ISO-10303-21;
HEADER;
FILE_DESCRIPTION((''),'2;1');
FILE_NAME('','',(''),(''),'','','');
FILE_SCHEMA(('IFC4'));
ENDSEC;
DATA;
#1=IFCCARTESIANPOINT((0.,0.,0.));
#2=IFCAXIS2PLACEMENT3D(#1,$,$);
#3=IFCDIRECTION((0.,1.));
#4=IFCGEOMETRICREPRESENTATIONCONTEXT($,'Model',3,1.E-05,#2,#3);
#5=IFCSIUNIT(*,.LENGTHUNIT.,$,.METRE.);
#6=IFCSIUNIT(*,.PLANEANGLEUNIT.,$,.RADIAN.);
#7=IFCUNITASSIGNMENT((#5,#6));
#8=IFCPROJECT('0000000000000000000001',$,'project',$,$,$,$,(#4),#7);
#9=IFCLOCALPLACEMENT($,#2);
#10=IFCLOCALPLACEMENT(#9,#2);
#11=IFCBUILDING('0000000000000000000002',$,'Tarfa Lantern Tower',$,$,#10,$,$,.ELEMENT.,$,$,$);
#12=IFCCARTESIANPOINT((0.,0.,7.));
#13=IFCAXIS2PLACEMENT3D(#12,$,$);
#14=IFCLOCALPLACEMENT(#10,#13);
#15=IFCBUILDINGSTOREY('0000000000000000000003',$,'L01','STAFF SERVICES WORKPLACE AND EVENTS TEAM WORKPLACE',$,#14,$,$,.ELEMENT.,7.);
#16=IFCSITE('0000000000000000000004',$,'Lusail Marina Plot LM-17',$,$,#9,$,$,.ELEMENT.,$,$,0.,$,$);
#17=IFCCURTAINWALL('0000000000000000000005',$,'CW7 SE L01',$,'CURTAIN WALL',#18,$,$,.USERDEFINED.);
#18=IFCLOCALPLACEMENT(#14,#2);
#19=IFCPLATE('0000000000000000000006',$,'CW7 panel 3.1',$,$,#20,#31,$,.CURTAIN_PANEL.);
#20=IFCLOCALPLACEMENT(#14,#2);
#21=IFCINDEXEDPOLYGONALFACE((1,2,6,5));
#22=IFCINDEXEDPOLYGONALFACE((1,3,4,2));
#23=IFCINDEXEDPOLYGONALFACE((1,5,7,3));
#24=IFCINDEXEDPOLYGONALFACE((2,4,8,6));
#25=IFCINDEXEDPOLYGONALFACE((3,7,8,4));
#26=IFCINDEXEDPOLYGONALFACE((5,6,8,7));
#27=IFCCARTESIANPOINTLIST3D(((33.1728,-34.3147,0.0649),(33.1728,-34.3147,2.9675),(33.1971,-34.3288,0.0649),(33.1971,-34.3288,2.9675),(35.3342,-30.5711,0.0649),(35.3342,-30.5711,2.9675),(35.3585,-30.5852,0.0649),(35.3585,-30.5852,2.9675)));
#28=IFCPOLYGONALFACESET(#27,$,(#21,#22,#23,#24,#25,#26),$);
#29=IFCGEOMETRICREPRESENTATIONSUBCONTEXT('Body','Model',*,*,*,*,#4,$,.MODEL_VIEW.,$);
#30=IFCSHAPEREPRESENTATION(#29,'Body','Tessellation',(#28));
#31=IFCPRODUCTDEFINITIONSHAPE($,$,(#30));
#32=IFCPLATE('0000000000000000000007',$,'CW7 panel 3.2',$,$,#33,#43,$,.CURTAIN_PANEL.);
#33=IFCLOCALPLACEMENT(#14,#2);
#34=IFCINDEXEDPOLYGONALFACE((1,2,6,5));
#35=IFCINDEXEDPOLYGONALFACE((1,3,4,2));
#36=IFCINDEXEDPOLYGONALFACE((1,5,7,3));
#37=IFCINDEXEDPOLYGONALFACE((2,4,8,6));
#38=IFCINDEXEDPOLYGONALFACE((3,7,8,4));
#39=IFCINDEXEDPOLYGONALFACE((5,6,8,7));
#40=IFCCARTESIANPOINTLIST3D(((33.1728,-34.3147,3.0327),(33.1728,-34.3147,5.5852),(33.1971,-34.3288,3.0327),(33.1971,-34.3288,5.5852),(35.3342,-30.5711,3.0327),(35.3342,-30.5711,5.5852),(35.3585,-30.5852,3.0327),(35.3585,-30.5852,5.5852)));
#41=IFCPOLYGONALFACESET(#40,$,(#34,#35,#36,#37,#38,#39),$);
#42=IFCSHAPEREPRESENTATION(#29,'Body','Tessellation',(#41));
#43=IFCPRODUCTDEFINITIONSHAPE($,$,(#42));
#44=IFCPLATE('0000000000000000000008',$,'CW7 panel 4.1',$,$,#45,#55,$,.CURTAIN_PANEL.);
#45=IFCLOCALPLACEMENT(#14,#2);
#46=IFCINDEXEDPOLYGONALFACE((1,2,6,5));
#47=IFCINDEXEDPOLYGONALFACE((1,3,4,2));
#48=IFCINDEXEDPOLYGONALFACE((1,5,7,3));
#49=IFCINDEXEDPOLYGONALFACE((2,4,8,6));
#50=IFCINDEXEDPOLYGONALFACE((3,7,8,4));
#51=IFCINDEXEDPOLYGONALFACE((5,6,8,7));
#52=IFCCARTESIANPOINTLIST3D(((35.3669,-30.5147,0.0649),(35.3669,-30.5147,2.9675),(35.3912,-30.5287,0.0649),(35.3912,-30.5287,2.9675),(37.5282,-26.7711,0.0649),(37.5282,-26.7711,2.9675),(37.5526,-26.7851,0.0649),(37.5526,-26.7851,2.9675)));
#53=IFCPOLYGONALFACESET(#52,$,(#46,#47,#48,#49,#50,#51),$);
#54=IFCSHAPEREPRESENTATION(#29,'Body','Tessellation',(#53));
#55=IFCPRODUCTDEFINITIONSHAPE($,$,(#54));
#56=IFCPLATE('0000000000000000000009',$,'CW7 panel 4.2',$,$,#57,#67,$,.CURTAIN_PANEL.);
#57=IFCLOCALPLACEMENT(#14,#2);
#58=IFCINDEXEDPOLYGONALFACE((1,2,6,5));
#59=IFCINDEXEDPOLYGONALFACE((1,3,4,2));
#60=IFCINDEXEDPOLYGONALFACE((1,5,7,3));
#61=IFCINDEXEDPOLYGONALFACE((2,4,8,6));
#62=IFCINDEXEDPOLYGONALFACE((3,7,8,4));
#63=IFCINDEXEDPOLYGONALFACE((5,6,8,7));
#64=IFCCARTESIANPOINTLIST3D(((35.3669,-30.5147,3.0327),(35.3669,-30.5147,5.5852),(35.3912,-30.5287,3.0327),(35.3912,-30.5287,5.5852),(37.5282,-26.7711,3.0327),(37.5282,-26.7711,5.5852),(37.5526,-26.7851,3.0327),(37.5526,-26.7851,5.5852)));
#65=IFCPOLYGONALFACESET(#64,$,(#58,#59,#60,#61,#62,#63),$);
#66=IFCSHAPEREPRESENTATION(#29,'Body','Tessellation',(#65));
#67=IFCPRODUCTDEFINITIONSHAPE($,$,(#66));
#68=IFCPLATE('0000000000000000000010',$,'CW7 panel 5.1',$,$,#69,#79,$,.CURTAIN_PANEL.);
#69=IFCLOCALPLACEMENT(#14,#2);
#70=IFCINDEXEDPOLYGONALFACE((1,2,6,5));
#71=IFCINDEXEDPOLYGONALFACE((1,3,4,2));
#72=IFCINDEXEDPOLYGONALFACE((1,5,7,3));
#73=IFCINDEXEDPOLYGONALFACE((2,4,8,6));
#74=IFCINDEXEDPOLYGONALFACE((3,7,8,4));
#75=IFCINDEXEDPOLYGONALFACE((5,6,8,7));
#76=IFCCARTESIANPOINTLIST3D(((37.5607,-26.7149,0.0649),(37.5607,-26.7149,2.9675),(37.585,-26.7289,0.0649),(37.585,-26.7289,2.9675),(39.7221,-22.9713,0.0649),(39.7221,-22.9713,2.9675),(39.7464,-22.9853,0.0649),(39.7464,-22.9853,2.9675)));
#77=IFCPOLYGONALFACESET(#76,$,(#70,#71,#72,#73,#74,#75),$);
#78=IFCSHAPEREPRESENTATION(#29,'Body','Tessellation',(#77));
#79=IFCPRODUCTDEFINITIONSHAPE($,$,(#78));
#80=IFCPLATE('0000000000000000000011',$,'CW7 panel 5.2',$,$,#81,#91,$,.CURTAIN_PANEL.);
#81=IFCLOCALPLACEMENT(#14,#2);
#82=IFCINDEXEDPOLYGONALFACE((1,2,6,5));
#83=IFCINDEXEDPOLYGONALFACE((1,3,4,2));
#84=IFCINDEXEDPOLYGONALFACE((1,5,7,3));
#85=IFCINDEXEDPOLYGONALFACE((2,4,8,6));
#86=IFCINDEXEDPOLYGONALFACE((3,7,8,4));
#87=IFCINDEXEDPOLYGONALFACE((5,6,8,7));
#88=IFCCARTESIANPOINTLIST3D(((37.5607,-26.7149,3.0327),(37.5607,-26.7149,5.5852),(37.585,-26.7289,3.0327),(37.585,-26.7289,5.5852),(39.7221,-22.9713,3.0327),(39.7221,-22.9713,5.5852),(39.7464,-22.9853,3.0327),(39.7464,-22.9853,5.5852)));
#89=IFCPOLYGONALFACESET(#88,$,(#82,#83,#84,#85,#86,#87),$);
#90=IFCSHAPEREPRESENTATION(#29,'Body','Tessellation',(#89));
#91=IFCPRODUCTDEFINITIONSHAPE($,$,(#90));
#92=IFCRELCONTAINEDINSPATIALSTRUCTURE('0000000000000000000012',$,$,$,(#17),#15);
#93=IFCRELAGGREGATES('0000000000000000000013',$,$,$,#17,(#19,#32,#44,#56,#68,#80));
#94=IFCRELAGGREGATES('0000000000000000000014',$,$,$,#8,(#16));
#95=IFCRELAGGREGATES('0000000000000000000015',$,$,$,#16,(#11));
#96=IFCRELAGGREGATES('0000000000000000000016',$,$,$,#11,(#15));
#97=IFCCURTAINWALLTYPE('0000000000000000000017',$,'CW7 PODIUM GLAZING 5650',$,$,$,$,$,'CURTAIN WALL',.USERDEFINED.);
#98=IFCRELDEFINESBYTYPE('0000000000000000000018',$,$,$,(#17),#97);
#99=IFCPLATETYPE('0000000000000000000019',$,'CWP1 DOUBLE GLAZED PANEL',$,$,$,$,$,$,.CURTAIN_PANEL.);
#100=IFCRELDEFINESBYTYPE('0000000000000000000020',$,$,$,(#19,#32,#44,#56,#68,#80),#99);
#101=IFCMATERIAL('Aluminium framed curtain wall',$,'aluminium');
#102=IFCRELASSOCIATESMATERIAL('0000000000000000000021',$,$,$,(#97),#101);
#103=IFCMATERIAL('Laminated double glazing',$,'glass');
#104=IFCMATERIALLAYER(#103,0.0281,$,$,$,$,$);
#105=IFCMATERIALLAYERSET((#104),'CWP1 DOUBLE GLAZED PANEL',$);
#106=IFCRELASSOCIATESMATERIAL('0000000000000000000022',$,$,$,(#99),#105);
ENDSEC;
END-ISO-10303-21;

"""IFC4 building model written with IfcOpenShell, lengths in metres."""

from ifc_helpers import new_model, si_unit, direction, frame, origin, origin_2d, place, context, subcontext, project, spatial, rectangle, extrude, material, layer, layer_set, type_object, element, aggregate, save


model = new_model("IFC4")

# Units and contexts
model_context = context("Model", 3, precision=1e-05, world=origin(), true_north=direction((0.0, 1.0)))
body_context = subcontext(model_context, "Body", "Model", "MODEL_VIEW")
ifc_project = project(units=[si_unit("LENGTHUNIT", "METRE"), si_unit("PLANEANGLEUNIT", "RADIAN")], contexts=[model_context])

# Site, building, storey
site_placement = place(None, origin())
site = spatial("IfcSite", under=ifc_project, at=site_placement, Name="Lusail Marina Plot LM-17", CompositionType="ELEMENT", RefElevation=0.0)
building_placement = place(site_placement, origin())
building = spatial("IfcBuilding", under=site, at=building_placement, Name="Tarfa Lantern Tower", CompositionType="ELEMENT")
storey_placement = place(building_placement, frame((0.0, 0.0, 7.0)))
storey = spatial("IfcBuildingStorey", under=building, at=storey_placement, Name="L01", Description="STAFF SERVICES WORKPLACE AND EVENTS TEAM WORKPLACE", CompositionType="ELEMENT", Elevation=7.0)

# Shared definitions
ifc_material_1 = material(Name="Aluminium framed curtain wall", Category="aluminium")
curtain_wall_type = type_object("IfcCurtainWallType", Name="CW7 PODIUM GLAZING 5650", ElementType="CURTAIN WALL", PredefinedType="USERDEFINED", material=ifc_material_1)

# Curtain wall
curtain_wall_1_placement = place(storey_placement, origin())
curtain_wall_1 = element("IfcCurtainWall", 1, at=curtain_wall_1_placement, inside=storey, type_object=curtain_wall_type, Name="CW7 SE L01", ObjectType="CURTAIN WALL", PredefinedType="USERDEFINED")

# Plates
ifc_material_2 = material(Name="Laminated double glazing", Category="glass")
ifc_layer = layer(ifc_material_2, 0.0281)
ifc_layer_set = layer_set([ifc_layer], Name="CWP1 DOUBLE GLAZED PANEL")
plate_type = type_object("IfcPlateType", Name="CWP1 DOUBLE GLAZED PANEL", PredefinedType="CURTAIN_PANEL", material=ifc_layer_set)
plate_1_placement = place(storey_placement, frame((34.2656, -32.45, 0.0649), z_axis=(0.0, 0.0, 1.0), x_axis=(0.5, 0.866025, 0.0)))
plate_1 = element("IfcPlate", 2, at=plate_1_placement, type_object=plate_type, Name="CW7 panel 3.1", PredefinedType="CURTAIN_PANEL", context=body_context, shape_type="SweptSolid", body=[
    extrude(rectangle(XDim=4.3228, YDim=0.0281, at=origin_2d()), origin(), (0.0, 0.0, 1.0), 2.9026),
])
plate_2_placement = place(storey_placement, frame((34.2656, -32.45, 3.0327), z_axis=(0.0, 0.0, 1.0), x_axis=(0.5, 0.866025, 0.0)))
plate_2 = element("IfcPlate", 3, at=plate_2_placement, type_object=plate_type, Name="CW7 panel 3.2", PredefinedType="CURTAIN_PANEL", context=body_context, shape_type="SweptSolid", body=[
    extrude(rectangle(XDim=4.3228, YDim=0.0281, at=origin_2d()), origin(), (0.0, 0.0, 1.0), 2.5525),
])
plate_3_placement = place(storey_placement, frame((36.4597, -28.6499, 0.0649), z_axis=(0.0, 0.0, 1.0), x_axis=(0.5, 0.866025, 0.0)))
plate_3 = element("IfcPlate", 4, at=plate_3_placement, type_object=plate_type, Name="CW7 panel 4.1", PredefinedType="CURTAIN_PANEL", context=body_context, shape_type="SweptSolid", body=[
    extrude(rectangle(XDim=4.3228, YDim=0.0281, at=origin_2d()), origin(), (0.0, 0.0, 1.0), 2.9026),
])
plate_4_placement = place(storey_placement, frame((36.4597, -28.6499, 3.0327), z_axis=(0.0, 0.0, 1.0), x_axis=(0.5, 0.866025, 0.0)))
plate_4 = element("IfcPlate", 5, at=plate_4_placement, type_object=plate_type, Name="CW7 panel 4.2", PredefinedType="CURTAIN_PANEL", context=body_context, shape_type="SweptSolid", body=[
    extrude(rectangle(XDim=4.3228, YDim=0.0281, at=origin_2d()), origin(), (0.0, 0.0, 1.0), 2.5525),
])
plate_5_placement = place(storey_placement, frame((38.6536, -24.8501, 0.0649), z_axis=(0.0, 0.0, 1.0), x_axis=(0.5, 0.866025, 0.0)))
plate_5 = element("IfcPlate", 6, at=plate_5_placement, type_object=plate_type, Name="CW7 panel 5.1", PredefinedType="CURTAIN_PANEL", context=body_context, shape_type="SweptSolid", body=[
    extrude(rectangle(XDim=4.3228, YDim=0.0281, at=origin_2d()), origin(), (0.0, 0.0, 1.0), 2.9026),
])
plate_6_placement = place(storey_placement, frame((38.6536, -24.8501, 3.0327), z_axis=(0.0, 0.0, 1.0), x_axis=(0.5, 0.866025, 0.0)))
plate_6 = element("IfcPlate", 7, at=plate_6_placement, type_object=plate_type, Name="CW7 panel 5.2", PredefinedType="CURTAIN_PANEL", context=body_context, shape_type="SweptSolid", body=[
    extrude(rectangle(XDim=4.3228, YDim=0.0281, at=origin_2d()), origin(), (0.0, 0.0, 1.0), 2.5525),
])
aggregate(curtain_wall_1, [plate_1, plate_2, plate_3, plate_4, plate_5, plate_6])

save(model, "model.ifc")
